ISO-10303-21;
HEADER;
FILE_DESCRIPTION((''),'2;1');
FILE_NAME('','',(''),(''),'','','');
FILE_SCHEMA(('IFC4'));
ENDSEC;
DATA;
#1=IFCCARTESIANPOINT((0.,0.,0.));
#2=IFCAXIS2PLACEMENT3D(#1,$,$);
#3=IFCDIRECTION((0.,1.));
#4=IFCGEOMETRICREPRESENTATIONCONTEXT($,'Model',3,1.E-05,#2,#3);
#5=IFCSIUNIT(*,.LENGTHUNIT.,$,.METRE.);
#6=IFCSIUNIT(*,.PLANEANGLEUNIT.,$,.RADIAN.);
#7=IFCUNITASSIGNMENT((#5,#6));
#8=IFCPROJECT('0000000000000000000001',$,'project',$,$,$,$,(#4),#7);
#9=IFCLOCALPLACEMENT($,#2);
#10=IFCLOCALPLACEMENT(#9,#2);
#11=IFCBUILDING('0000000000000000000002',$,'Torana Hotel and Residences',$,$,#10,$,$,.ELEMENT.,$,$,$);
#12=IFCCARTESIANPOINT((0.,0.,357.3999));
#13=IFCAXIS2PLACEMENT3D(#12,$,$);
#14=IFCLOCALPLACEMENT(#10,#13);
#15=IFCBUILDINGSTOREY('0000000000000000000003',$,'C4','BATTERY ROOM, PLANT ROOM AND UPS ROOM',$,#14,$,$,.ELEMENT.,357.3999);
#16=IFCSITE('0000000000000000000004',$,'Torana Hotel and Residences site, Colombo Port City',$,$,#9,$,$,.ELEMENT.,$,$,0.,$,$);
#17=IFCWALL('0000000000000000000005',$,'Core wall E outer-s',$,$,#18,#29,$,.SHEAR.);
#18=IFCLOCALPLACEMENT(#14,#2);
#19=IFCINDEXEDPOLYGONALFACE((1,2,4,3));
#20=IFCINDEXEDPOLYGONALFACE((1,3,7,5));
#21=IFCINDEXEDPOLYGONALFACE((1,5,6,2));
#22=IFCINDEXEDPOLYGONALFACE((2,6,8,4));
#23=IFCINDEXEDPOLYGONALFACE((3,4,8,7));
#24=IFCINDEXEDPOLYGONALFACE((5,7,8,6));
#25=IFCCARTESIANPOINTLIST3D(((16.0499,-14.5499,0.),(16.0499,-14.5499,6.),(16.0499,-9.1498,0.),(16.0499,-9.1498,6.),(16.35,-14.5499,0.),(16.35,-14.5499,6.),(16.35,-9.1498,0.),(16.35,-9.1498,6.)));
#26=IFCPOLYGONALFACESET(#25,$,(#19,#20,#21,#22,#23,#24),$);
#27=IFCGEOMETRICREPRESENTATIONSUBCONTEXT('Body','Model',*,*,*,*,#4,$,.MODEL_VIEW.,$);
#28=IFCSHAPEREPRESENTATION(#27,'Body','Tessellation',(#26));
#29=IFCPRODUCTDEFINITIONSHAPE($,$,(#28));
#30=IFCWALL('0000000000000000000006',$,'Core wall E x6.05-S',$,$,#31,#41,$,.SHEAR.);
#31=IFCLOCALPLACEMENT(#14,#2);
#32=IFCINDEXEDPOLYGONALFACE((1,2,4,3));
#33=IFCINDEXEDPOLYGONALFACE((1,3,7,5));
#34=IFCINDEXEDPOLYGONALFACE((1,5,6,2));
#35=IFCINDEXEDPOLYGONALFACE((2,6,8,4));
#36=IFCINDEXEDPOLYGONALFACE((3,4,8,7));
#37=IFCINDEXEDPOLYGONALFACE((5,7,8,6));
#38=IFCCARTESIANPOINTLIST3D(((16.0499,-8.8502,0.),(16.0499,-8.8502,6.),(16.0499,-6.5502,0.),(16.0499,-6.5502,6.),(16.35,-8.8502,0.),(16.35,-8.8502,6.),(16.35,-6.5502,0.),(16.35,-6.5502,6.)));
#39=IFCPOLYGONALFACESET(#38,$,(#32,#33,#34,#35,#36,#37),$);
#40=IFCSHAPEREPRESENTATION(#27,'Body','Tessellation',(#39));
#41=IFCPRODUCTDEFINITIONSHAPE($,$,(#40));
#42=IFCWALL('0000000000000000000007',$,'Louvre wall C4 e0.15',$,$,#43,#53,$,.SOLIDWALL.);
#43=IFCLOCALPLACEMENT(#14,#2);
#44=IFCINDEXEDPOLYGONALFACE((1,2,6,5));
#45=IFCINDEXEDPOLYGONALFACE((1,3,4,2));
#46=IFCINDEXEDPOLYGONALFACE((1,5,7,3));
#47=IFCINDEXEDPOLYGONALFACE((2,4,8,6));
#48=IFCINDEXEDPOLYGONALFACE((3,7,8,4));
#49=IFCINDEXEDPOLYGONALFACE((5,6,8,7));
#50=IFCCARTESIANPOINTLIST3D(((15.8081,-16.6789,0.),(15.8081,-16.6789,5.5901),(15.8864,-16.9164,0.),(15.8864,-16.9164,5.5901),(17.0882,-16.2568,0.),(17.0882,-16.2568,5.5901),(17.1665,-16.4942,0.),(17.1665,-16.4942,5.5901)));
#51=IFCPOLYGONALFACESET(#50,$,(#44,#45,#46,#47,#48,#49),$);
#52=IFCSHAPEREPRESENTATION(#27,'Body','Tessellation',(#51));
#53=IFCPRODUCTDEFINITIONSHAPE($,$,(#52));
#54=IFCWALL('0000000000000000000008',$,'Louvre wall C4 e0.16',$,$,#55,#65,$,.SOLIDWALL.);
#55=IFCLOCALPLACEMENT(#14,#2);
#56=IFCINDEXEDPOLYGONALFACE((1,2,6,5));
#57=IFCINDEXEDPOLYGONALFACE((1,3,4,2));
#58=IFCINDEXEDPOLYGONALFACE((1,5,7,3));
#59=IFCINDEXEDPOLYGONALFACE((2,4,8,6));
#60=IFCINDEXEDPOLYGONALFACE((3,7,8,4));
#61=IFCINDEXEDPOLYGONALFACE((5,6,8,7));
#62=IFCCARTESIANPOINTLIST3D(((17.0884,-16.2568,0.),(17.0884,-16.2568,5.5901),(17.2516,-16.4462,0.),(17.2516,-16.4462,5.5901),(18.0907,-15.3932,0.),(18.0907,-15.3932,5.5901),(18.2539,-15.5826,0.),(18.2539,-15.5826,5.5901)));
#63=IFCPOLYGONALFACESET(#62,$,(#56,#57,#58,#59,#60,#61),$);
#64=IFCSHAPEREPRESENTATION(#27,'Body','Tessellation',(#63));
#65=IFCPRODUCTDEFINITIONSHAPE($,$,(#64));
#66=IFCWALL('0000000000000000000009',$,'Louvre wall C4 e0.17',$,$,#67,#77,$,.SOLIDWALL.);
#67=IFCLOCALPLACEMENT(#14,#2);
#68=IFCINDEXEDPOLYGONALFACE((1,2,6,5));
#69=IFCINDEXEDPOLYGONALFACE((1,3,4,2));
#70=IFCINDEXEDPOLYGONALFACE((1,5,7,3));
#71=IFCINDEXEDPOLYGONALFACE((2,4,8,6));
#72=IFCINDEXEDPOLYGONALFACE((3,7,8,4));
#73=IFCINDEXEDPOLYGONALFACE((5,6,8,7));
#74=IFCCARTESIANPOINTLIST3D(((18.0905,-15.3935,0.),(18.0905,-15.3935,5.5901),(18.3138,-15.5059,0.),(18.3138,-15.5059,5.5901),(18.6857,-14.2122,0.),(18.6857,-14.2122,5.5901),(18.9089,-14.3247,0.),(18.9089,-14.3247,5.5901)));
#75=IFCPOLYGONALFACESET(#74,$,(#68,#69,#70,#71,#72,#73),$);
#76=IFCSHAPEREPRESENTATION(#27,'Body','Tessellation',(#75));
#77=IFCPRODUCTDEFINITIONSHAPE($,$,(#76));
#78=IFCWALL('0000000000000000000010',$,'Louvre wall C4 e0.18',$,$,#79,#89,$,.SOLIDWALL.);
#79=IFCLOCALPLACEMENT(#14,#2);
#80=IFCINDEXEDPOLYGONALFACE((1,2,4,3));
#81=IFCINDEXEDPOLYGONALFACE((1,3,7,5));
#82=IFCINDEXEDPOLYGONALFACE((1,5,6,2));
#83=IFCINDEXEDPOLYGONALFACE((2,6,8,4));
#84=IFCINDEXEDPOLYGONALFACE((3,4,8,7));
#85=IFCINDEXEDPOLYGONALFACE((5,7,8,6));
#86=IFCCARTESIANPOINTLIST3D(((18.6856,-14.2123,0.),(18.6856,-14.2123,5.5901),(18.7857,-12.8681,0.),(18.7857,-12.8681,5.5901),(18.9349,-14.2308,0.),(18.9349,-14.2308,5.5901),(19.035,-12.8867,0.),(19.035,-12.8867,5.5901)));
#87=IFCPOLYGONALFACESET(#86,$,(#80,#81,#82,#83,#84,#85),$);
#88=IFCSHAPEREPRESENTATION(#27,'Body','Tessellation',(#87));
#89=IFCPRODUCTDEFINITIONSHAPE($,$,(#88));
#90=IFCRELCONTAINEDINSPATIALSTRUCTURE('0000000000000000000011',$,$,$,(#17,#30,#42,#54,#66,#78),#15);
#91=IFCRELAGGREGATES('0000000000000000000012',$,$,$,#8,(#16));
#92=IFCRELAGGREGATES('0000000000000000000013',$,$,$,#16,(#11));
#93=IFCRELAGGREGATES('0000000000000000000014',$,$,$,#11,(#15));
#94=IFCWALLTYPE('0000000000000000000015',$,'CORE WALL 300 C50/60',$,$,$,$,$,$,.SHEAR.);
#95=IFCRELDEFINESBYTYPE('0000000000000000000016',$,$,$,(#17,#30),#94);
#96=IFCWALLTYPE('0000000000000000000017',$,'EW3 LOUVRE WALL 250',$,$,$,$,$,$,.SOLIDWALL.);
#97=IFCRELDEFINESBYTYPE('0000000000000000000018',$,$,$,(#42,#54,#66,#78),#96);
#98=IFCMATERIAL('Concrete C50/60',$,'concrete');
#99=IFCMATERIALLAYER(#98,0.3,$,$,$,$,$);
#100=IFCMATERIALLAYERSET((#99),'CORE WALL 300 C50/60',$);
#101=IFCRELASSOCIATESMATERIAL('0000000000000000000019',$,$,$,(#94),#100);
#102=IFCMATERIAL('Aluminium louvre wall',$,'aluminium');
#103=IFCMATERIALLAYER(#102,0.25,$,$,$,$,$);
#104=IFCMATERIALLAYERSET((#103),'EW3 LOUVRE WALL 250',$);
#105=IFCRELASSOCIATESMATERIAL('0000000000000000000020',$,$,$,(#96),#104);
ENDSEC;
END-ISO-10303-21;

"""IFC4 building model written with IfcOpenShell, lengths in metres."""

from ifc_helpers import new_model, si_unit, direction, frame, frame_2d, origin, place, context, subcontext, project, spatial, rectangle, extrude, material, layer, layer_set, type_object, element, save


model = new_model("IFC4")

# Units and contexts
model_context = context("Model", 3, precision=1e-05, world=origin(), true_north=direction((0.0, 1.0)))
body_context = subcontext(model_context, "Body", "Model", "MODEL_VIEW")
ifc_project = project(units=[si_unit("LENGTHUNIT", "METRE"), si_unit("PLANEANGLEUNIT", "RADIAN")], contexts=[model_context])

# Site, building, storey
site_placement = place(None, origin())
site = spatial("IfcSite", under=ifc_project, at=site_placement, Name="Torana Hotel and Residences site, Colombo Port City", CompositionType="ELEMENT", RefElevation=0.0)
building_placement = place(site_placement, origin())
building = spatial("IfcBuilding", under=site, at=building_placement, Name="Torana Hotel and Residences", CompositionType="ELEMENT")
storey_placement = place(building_placement, frame((0.0, 0.0, 357.3999)))
storey = spatial("IfcBuildingStorey", under=building, at=storey_placement, Name="C4", Description="BATTERY ROOM, PLANT ROOM AND UPS ROOM", CompositionType="ELEMENT", Elevation=357.3999)

# Walls
ifc_material_1 = material(Name="Concrete C50/60", Category="concrete")
ifc_layer_1 = layer(ifc_material_1, 0.3)
ifc_layer_set_1 = layer_set([ifc_layer_1], Name="CORE WALL 300 C50/60")
wall_type_1 = type_object("IfcWallType", Name="CORE WALL 300 C50/60", PredefinedType="SHEAR", material=ifc_layer_set_1)
wall_1_placement = place(storey_placement, frame((16.2, -14.55, 0.0), z_axis=(0.0, 0.0, 1.0), x_axis=(0.0, 1.0, 0.0)))
element("IfcWall", 1, at=wall_1_placement, inside=storey, type_object=wall_type_1, Name="Core wall E outer-s", PredefinedType="SHEAR", context=body_context, shape_type="SweptSolid", body=[
    extrude(rectangle(XDim=5.4001, YDim=0.3, at=frame_2d((2.7002, 0.0))), origin(), (0.0, 0.0, 1.0), 6.0),
])
wall_2_placement = place(storey_placement, frame((16.2, -8.8501, 0.0), z_axis=(0.0, 0.0, 1.0), x_axis=(0.0, 1.0, 0.0)))
element("IfcWall", 2, at=wall_2_placement, inside=storey, type_object=wall_type_1, Name="Core wall E x6.05-S", PredefinedType="SHEAR", context=body_context, shape_type="SweptSolid", body=[
    extrude(rectangle(XDim=2.3, YDim=0.3, at=frame_2d((1.1499, 0.0))), origin(), (0.0, 0.0, 1.0), 6.0),
])
ifc_material_2 = material(Name="Aluminium louvre wall", Category="aluminium")
ifc_layer_2 = layer(ifc_material_2, 0.25)
ifc_layer_set_2 = layer_set([ifc_layer_2], Name="EW3 LOUVRE WALL 250")
wall_type_2 = type_object("IfcWallType", Name="EW3 LOUVRE WALL 250", PredefinedType="SOLIDWALL", material=ifc_layer_set_2)
wall_3_placement = place(storey_placement, frame((15.8474, -16.7976, 0.0), z_axis=(0.0, 0.0, 1.0), x_axis=(0.949693, 0.313183, 0.0)))
element("IfcWall", 3, at=wall_3_placement, inside=storey, type_object=wall_type_2, Name="Louvre wall C4 e0.15", PredefinedType="SOLIDWALL", context=body_context, shape_type="SweptSolid", body=[
    extrude(rectangle(XDim=1.3479, YDim=0.25, at=frame_2d((0.6738, 0.0))), origin(), (0.0, 0.0, 1.0), 5.5901),
])
wall_4_placement = place(storey_placement, frame((17.1699, -16.3516, 0.0), z_axis=(0.0, 0.0, 1.0), x_axis=(0.757574, 0.65275, 0.0)))
element("IfcWall", 4, at=wall_4_placement, inside=storey, type_object=wall_type_2, Name="Louvre wall C4 e0.16", PredefinedType="SOLIDWALL", context=body_context, shape_type="SweptSolid", body=[
    extrude(rectangle(XDim=1.323, YDim=0.25, at=frame_2d((0.6616, 0.0))), origin(), (0.0, 0.0, 1.0), 5.5901),
])
wall_5_placement = place(storey_placement, frame((18.2021, -15.4497, 0.0), z_axis=(0.0, 0.0, 1.0), x_axis=(0.449943, 0.893057, 0.0)))
element("IfcWall", 5, at=wall_5_placement, inside=storey, type_object=wall_type_2, Name="Louvre wall C4 e0.17", PredefinedType="SOLIDWALL", context=body_context, shape_type="SweptSolid", body=[
    extrude(rectangle(XDim=1.3228, YDim=0.25, at=frame_2d((0.6614, 0.0))), origin(), (0.0, 0.0, 1.0), 5.5901),
])
wall_6_placement = place(storey_placement, frame((18.8103, -14.2214, 0.0), z_axis=(0.0, 0.0, 1.0), x_axis=(0.074259, 0.997239, 0.0)))
element("IfcWall", 6, at=wall_6_placement, inside=storey, type_object=wall_type_2, Name="Louvre wall C4 e0.18", PredefinedType="SOLIDWALL", context=body_context, shape_type="SweptSolid", body=[
    extrude(rectangle(XDim=1.3479, YDim=0.25, at=frame_2d((0.6738, 0.0))), origin(), (0.0, 0.0, 1.0), 5.5901),
])

save(model, "model.ifc")
